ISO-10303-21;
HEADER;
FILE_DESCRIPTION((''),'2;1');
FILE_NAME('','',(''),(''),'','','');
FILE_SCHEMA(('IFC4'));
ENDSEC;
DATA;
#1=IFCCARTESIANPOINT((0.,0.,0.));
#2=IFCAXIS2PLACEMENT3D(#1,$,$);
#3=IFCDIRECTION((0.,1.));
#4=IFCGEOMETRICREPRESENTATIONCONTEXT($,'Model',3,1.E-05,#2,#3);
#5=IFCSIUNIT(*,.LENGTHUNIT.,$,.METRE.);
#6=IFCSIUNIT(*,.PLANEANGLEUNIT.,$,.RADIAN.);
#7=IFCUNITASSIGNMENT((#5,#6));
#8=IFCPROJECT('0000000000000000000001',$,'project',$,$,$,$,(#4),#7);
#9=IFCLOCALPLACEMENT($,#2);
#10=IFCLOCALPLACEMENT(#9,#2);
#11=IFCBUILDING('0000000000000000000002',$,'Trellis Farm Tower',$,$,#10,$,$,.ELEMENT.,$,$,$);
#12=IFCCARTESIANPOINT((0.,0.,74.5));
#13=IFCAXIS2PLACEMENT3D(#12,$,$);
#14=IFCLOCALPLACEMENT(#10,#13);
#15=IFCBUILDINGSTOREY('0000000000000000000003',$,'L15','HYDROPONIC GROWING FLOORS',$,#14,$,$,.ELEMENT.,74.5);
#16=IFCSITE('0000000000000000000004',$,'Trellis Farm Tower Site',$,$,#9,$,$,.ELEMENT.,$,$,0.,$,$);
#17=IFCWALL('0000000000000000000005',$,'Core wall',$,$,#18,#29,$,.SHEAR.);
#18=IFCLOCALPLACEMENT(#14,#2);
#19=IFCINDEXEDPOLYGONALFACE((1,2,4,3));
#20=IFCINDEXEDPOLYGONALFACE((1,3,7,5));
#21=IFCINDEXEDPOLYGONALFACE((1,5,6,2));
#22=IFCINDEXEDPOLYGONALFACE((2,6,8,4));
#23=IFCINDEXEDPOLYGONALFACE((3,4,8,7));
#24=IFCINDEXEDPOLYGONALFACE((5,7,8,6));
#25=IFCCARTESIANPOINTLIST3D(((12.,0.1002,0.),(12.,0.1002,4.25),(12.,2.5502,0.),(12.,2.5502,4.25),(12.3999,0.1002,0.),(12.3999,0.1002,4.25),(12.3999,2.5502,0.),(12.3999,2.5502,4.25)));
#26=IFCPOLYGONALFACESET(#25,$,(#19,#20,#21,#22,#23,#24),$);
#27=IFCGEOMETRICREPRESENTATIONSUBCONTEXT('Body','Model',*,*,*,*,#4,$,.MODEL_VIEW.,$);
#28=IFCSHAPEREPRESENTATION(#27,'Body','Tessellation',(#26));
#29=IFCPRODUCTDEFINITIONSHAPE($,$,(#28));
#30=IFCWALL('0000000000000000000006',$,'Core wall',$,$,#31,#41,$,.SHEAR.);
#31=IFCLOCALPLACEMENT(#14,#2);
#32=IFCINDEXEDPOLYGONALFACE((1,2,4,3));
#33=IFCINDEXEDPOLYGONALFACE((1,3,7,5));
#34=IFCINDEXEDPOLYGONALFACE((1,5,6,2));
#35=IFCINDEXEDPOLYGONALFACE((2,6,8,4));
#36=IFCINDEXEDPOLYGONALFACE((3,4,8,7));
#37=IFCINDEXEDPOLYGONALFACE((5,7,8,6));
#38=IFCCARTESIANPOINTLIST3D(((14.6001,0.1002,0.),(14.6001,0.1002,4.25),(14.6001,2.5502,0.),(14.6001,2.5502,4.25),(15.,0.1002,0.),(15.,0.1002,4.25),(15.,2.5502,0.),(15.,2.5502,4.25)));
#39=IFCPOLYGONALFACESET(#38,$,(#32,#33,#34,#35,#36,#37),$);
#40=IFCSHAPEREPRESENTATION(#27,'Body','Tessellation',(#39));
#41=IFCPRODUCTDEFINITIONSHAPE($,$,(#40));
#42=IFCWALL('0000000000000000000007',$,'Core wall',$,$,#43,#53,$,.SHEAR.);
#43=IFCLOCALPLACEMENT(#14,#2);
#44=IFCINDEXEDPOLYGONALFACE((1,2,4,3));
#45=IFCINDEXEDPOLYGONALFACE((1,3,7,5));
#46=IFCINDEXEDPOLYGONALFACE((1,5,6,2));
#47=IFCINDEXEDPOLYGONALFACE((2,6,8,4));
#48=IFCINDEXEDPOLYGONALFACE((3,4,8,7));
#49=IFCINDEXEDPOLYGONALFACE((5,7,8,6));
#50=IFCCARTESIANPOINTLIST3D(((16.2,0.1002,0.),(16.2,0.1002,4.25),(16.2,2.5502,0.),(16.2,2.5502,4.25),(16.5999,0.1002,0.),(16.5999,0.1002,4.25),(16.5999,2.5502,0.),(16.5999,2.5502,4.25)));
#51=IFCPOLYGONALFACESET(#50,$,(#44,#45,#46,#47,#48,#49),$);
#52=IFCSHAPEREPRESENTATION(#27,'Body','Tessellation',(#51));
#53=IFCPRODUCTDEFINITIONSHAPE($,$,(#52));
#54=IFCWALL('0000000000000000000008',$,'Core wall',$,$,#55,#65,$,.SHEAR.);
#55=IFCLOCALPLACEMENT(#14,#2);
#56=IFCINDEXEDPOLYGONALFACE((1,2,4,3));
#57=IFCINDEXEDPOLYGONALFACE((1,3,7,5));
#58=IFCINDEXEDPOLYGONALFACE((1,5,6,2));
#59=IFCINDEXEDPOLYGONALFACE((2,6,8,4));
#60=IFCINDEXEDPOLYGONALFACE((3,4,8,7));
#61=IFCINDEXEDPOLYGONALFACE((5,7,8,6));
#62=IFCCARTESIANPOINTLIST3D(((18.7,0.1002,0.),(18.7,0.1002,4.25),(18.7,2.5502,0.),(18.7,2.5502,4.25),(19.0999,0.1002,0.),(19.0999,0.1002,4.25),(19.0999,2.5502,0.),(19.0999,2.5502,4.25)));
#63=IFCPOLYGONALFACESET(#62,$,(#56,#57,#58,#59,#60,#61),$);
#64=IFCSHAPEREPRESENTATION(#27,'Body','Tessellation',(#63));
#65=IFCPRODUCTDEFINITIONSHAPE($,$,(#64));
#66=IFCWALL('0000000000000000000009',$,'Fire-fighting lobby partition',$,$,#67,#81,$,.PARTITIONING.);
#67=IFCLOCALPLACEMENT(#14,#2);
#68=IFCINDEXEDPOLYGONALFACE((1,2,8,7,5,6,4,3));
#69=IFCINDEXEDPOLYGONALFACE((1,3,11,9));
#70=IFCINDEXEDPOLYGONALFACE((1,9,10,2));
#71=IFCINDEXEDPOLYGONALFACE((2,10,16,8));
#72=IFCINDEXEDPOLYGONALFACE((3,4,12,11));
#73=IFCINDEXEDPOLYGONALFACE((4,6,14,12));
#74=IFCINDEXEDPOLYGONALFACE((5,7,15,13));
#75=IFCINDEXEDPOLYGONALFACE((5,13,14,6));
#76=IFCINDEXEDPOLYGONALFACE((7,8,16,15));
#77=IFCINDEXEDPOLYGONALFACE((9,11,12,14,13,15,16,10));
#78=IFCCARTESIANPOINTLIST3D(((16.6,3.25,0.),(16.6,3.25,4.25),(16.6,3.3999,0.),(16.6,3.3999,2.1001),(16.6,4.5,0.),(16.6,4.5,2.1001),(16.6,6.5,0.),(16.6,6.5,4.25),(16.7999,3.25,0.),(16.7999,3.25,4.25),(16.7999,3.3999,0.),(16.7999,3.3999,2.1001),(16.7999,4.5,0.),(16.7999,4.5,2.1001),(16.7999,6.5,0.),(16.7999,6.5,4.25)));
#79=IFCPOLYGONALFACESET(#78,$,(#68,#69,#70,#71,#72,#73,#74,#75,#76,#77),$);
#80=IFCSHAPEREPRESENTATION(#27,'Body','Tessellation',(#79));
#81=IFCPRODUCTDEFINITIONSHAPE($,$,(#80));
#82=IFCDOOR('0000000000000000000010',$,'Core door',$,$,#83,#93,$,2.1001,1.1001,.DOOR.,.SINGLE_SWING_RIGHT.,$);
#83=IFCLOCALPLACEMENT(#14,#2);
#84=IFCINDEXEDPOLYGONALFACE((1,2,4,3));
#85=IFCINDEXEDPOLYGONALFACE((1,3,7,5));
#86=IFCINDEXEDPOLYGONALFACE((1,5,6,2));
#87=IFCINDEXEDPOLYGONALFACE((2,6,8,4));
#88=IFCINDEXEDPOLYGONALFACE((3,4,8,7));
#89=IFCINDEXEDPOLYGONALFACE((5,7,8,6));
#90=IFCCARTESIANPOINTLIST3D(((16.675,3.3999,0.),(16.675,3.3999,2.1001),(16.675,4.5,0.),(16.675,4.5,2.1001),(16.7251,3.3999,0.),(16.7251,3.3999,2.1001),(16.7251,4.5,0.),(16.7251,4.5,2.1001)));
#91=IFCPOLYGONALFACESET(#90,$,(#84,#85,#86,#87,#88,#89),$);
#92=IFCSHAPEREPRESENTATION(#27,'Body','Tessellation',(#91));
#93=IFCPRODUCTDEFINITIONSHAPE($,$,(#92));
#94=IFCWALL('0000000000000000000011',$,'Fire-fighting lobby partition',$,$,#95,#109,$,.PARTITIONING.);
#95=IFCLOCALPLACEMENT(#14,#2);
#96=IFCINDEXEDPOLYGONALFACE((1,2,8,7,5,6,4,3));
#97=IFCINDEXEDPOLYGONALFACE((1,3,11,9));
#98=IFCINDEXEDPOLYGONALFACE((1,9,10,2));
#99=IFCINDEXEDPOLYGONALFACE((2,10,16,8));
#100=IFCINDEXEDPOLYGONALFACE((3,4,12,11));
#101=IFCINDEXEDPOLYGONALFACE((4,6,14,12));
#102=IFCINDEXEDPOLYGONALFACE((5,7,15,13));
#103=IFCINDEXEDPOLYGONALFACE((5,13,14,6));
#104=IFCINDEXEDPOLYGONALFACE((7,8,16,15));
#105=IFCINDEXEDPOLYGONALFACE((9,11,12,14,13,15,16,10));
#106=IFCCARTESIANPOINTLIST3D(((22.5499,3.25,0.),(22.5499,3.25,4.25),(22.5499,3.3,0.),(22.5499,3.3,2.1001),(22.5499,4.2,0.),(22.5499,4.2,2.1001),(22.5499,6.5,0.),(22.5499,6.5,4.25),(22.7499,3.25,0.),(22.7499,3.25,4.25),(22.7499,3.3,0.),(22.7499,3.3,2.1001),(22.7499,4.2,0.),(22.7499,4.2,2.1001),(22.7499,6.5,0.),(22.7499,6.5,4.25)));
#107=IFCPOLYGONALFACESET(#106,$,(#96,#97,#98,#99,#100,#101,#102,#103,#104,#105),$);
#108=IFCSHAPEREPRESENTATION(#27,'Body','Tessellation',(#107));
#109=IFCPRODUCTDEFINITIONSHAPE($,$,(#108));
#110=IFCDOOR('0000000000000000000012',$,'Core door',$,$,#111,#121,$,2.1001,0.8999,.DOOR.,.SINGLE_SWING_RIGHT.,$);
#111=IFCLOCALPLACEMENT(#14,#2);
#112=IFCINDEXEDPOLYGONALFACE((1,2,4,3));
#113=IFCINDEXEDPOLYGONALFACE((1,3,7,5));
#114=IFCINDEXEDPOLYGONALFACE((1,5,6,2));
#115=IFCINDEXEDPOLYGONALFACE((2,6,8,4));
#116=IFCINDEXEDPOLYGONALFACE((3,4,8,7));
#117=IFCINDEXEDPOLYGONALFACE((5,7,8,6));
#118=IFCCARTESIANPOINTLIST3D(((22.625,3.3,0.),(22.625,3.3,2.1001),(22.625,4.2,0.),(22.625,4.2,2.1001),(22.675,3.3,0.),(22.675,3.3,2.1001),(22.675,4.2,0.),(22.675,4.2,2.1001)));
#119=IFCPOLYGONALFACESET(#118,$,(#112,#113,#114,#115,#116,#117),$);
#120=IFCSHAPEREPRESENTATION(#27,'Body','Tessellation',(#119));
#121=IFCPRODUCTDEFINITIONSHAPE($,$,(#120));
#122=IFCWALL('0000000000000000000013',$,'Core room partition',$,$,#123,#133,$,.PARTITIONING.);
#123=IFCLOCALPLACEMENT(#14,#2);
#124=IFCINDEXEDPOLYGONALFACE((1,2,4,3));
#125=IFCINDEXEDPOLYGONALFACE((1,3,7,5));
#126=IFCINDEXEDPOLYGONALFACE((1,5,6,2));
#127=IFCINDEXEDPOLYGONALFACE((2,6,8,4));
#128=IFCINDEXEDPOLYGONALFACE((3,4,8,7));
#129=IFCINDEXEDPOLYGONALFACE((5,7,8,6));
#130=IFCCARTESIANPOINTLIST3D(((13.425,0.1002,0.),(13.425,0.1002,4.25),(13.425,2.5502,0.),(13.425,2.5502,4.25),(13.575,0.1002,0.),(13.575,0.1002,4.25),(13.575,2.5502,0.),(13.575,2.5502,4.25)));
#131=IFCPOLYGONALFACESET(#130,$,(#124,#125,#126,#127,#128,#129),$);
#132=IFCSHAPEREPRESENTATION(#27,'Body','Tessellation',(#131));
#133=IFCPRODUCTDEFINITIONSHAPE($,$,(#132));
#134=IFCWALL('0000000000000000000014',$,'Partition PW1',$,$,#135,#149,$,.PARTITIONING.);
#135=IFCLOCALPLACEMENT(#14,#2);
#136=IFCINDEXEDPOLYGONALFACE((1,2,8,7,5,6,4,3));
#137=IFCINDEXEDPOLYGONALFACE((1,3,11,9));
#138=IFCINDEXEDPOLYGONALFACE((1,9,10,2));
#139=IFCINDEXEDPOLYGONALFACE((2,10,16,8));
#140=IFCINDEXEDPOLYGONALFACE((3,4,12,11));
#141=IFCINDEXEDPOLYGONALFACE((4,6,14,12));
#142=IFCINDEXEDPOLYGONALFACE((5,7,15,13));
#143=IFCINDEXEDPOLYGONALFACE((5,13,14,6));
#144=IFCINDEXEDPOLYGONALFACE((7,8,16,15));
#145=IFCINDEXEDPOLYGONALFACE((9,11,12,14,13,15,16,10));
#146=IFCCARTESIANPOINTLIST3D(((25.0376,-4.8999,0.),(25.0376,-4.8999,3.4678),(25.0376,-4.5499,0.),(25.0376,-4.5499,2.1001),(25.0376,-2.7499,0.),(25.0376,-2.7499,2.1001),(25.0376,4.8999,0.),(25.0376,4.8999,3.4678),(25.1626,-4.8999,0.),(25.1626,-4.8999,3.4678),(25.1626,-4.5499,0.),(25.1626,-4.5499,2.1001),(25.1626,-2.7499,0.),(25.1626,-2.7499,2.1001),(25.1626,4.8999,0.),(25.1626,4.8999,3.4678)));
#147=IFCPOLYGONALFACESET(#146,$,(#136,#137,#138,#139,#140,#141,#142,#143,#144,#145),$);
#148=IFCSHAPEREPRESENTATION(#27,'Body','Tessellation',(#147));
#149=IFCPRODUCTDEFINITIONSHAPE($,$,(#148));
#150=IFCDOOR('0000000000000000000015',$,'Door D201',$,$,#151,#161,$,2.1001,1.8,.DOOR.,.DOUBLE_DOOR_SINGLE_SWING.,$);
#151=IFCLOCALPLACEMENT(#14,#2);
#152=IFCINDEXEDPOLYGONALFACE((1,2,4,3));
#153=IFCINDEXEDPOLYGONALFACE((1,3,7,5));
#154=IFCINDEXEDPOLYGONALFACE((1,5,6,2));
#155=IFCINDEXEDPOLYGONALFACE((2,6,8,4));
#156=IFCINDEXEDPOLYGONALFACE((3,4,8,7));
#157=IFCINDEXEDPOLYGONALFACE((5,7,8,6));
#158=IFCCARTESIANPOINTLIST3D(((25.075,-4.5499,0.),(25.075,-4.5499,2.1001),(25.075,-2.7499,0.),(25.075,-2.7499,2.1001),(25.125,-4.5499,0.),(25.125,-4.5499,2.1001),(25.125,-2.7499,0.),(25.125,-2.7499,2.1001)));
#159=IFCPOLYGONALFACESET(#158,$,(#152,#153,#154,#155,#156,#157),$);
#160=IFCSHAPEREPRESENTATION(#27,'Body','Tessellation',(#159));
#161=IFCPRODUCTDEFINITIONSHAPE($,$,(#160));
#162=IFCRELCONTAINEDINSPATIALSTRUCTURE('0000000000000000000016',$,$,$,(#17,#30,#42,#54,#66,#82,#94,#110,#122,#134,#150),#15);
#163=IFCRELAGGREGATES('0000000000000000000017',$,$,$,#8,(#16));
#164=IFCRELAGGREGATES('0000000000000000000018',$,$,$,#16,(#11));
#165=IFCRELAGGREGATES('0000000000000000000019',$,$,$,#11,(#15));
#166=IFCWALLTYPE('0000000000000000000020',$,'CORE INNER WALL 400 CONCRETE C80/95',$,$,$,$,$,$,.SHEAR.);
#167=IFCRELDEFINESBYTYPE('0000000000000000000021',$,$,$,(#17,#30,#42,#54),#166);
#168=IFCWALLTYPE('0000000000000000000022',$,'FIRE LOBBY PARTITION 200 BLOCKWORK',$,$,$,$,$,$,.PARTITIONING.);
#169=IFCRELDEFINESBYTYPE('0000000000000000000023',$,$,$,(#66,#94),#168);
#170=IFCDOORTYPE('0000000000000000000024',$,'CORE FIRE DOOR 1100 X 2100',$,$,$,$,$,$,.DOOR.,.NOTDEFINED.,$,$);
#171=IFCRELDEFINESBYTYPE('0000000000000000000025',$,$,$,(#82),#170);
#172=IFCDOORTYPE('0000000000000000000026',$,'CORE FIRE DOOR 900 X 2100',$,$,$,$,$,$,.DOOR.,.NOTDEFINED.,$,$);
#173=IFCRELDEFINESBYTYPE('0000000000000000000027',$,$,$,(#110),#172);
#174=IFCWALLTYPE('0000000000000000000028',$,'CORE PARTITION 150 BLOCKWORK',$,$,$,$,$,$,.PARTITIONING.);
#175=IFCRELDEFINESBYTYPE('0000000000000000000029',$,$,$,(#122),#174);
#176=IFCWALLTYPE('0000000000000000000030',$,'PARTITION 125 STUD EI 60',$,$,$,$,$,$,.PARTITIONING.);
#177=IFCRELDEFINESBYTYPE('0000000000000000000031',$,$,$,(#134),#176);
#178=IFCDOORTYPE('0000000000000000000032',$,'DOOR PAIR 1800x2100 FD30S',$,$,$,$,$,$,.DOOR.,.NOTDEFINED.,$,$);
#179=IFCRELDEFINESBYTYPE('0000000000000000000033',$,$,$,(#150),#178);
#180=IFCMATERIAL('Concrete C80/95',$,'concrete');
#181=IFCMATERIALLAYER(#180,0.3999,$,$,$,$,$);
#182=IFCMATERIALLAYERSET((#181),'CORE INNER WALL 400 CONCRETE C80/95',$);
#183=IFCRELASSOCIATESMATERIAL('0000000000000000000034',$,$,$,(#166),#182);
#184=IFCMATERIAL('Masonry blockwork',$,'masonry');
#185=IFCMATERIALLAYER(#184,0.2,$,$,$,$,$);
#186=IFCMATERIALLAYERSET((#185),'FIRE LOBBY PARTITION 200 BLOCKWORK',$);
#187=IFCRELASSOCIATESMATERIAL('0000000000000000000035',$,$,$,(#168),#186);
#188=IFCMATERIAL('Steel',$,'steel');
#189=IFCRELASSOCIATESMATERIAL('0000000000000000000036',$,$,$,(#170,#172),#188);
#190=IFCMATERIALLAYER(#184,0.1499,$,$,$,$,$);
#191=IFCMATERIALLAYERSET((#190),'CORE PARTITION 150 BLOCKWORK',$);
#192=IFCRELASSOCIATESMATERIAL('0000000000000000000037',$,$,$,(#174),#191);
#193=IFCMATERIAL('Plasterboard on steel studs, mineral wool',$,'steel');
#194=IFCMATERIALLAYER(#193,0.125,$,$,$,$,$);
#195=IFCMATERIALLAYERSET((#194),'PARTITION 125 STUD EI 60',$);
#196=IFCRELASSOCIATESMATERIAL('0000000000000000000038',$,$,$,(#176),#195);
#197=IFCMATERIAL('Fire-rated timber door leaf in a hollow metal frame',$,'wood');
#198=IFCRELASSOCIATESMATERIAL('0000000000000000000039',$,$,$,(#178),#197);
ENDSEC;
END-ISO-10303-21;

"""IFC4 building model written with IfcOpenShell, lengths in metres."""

from ifc_helpers import new_model, si_unit, direction, frame, frame_2d, origin, place, context, subcontext, project, spatial, rectangle, extrude, source, transform, mapped, material, layer, layer_set, type_object, element, fill, save


model = new_model("IFC4")

# Units and contexts
model_context = context("Model", 3, precision=1e-05, world=origin(), true_north=direction((0.0, 1.0)))
body_context = subcontext(model_context, "Body", "Model", "MODEL_VIEW")
ifc_project = project(units=[si_unit("LENGTHUNIT", "METRE"), si_unit("PLANEANGLEUNIT", "RADIAN")], contexts=[model_context])

# Site, building, storey
site_placement = place(None, origin())
site = spatial("IfcSite", under=ifc_project, at=site_placement, Name="Trellis Farm Tower Site", CompositionType="ELEMENT", RefElevation=0.0)
building_placement = place(site_placement, origin())
building = spatial("IfcBuilding", under=site, at=building_placement, Name="Trellis Farm Tower", CompositionType="ELEMENT")
storey_placement = place(building_placement, frame((0.0, 0.0, 74.5)))
storey = spatial("IfcBuildingStorey", under=building, at=storey_placement, Name="L15", Description="HYDROPONIC GROWING FLOORS", CompositionType="ELEMENT", Elevation=74.5)

# Shared definitions
ifc_material_1 = material(Name="Concrete C80/95", Category="concrete")

# Walls
ifc_layer_1 = layer(ifc_material_1, 0.3999)
ifc_layer_set_1 = layer_set([ifc_layer_1], Name="CORE INNER WALL 400 CONCRETE C80/95")
wall_type_1 = type_object("IfcWallType", Name="CORE INNER WALL 400 CONCRETE C80/95", PredefinedType="SHEAR", material=ifc_layer_set_1)
shared_shape_1 = source(origin(), body_context, "Body", "SweptSolid", [
    extrude(rectangle(XDim=2.45, YDim=0.3999, at=frame_2d((1.2251, 0.0))), origin(), (0.0, 0.0, 1.0), 4.25),
])
for number, where, z_axis, x_axis, name in (
    (1, (12.2, 0.1001, 0.0), (0.0, 0.0, 1.0), (0.0, 1.0, 0.0), "Core wall"),
    (2, (14.8, 0.1001, 0.0), (0.0, 0.0, 1.0), (0.0, 1.0, 0.0), "Core wall"),
    (3, (16.3999, 0.1001, 0.0), (0.0, 0.0, 1.0), (0.0, 1.0, 0.0), "Core wall"),
    (4, (18.8999, 0.1001, 0.0), (0.0, 0.0, 1.0), (0.0, 1.0, 0.0), "Core wall"),
):
    element("IfcWall", number, at=place(storey_placement, frame(where, z_axis=z_axis, x_axis=x_axis)), inside=storey, type_object=wall_type_1, Name=name, PredefinedType="SHEAR", context=body_context, shape_type="MappedRepresentation", body=[
        mapped(shared_shape_1, transform((0.0, 0.0, 0.0))),
    ])

# Walls, openings, doors
ifc_material_2 = material(Name="Masonry blockwork", Category="masonry")
ifc_layer_2 = layer(ifc_material_2, 0.2)
ifc_layer_set_2 = layer_set([ifc_layer_2], Name="FIRE LOBBY PARTITION 200 BLOCKWORK")
wall_type_2 = type_object("IfcWallType", Name="FIRE LOBBY PARTITION 200 BLOCKWORK", PredefinedType="PARTITIONING", material=ifc_layer_set_2)
shared_shape_2 = source(origin(), body_context, "Body", "SweptSolid", [
    extrude(rectangle(XDim=3.25, YDim=0.2, at=frame_2d((1.625, 0.0))), origin(), (0.0, 0.0, 1.0), 4.25),
])
wall_1_placement = place(storey_placement, frame((16.7, 3.25, 0.0), z_axis=(0.0, 0.0, 1.0), x_axis=(0.0, 1.0, 0.0)))
wall_1 = element("IfcWall", 5, at=wall_1_placement, inside=storey, type_object=wall_type_2, Name="Fire-fighting lobby partition", PredefinedType="PARTITIONING", context=body_context, shape_type="MappedRepresentation", body=[
    mapped(shared_shape_2, transform((0.0, 0.0, 0.0))),
])
shared_shape_3 = source(origin(), body_context, "Body", "SweptSolid", [
    extrude(rectangle(XDim=1.1001, YDim=2.1001, at=frame_2d((0.55, 1.05))), frame((0.0, 0.1101, 0.0), z_axis=(0.0, -1.0, 0.0), x_axis=(1.0, 0.0, 0.0)), (0.0, 0.0, 1.0), 0.2202),
])
opening_1_placement = place(wall_1_placement, frame((0.1499, 0.0, 0.0)))
opening_1 = element("IfcOpeningElement", 6, at=opening_1_placement, cuts=wall_1, PredefinedType="OPENING", context=body_context, shape_type="MappedRepresentation", body=[
    mapped(shared_shape_3, transform((0.0, 0.0, 0.0))),
])
ifc_material_3 = material(Name="Steel", Category="steel")
door_type_1 = type_object("IfcDoorType", Name="CORE FIRE DOOR 1100 X 2100", OperationType="NOTDEFINED", PredefinedType="DOOR", material=ifc_material_3)
shared_shape_4 = source(origin(), body_context, "Body", "SweptSolid", [
    extrude(rectangle(XDim=1.1001, YDim=2.1001, at=frame_2d((0.55, 1.05))), frame((0.0, 0.0249, 0.0), z_axis=(0.0, -1.0, 0.0), x_axis=(1.0, 0.0, 0.0)), (0.0, 0.0, 1.0), 0.05),
])
door_1_placement = place(opening_1_placement, origin())
door_1 = element("IfcDoor", 7, at=door_1_placement, inside=storey, type_object=door_type_1, Name="Core door", OperationType="SINGLE_SWING_RIGHT", OverallHeight=2.1001, OverallWidth=1.1001, PredefinedType="DOOR", context=body_context, shape_type="MappedRepresentation", body=[
    mapped(shared_shape_4, transform((0.0, 0.0, 0.0))),
])
fill(opening_1, door_1)
wall_2_placement = place(storey_placement, frame((22.6499, 3.25, 0.0), z_axis=(0.0, 0.0, 1.0), x_axis=(0.0, 1.0, 0.0)))
wall_2 = element("IfcWall", 8, at=wall_2_placement, inside=storey, type_object=wall_type_2, Name="Fire-fighting lobby partition", PredefinedType="PARTITIONING", context=body_context, shape_type="MappedRepresentation", body=[
    mapped(shared_shape_2, transform((0.0, 0.0, 0.0))),
])
shared_shape_5 = source(origin(), body_context, "Body", "SweptSolid", [
    extrude(rectangle(XDim=0.8999, YDim=2.1001, at=frame_2d((0.45, 1.05))), frame((0.0, 0.1101, 0.0), z_axis=(0.0, -1.0, 0.0), x_axis=(1.0, 0.0, 0.0)), (0.0, 0.0, 1.0), 0.2202),
])
opening_2_placement = place(wall_2_placement, frame((0.05, 0.0, 0.0)))
opening_2 = element("IfcOpeningElement", 9, at=opening_2_placement, cuts=wall_2, PredefinedType="OPENING", context=body_context, shape_type="MappedRepresentation", body=[
    mapped(shared_shape_5, transform((0.0, 0.0, 0.0))),
])
door_type_2 = type_object("IfcDoorType", Name="CORE FIRE DOOR 900 X 2100", OperationType="NOTDEFINED", PredefinedType="DOOR", material=ifc_material_3)
shared_shape_6 = source(origin(), body_context, "Body", "SweptSolid", [
    extrude(rectangle(XDim=0.8999, YDim=2.1001, at=frame_2d((0.45, 1.05))), frame((0.0, 0.0249, 0.0), z_axis=(0.0, -1.0, 0.0), x_axis=(1.0, 0.0, 0.0)), (0.0, 0.0, 1.0), 0.05),
])
door_2_placement = place(opening_2_placement, origin())
door_2 = element("IfcDoor", 10, at=door_2_placement, inside=storey, type_object=door_type_2, Name="Core door", OperationType="SINGLE_SWING_RIGHT", OverallHeight=2.1001, OverallWidth=0.8999, PredefinedType="DOOR", context=body_context, shape_type="MappedRepresentation", body=[
    mapped(shared_shape_6, transform((0.0, 0.0, 0.0))),
])
fill(opening_2, door_2)

# Wall
ifc_layer_3 = layer(ifc_material_2, 0.1499)
ifc_layer_set_3 = layer_set([ifc_layer_3], Name="CORE PARTITION 150 BLOCKWORK")
wall_type_3 = type_object("IfcWallType", Name="CORE PARTITION 150 BLOCKWORK", PredefinedType="PARTITIONING", material=ifc_layer_set_3)
shared_shape_7 = source(origin(), body_context, "Body", "SweptSolid", [
    extrude(rectangle(XDim=2.45, YDim=0.1499, at=frame_2d((1.2251, 0.0))), origin(), (0.0, 0.0, 1.0), 4.25),
])
wall_3_placement = place(storey_placement, frame((13.5, 0.1001, 0.0), z_axis=(0.0, 0.0, 1.0), x_axis=(0.0, 1.0, 0.0)))
element("IfcWall", 11, at=wall_3_placement, inside=storey, type_object=wall_type_3, Name="Core room partition", PredefinedType="PARTITIONING", context=body_context, shape_type="MappedRepresentation", body=[
    mapped(shared_shape_7, transform((0.0, 0.0, 0.0))),
])

# Wall, opening, door
ifc_material_4 = material(Name="Plasterboard on steel studs, mineral wool", Category="steel")
ifc_layer_4 = layer(ifc_material_4, 0.125)
ifc_layer_set_4 = layer_set([ifc_layer_4], Name="PARTITION 125 STUD EI 60")
wall_type_4 = type_object("IfcWallType", Name="PARTITION 125 STUD EI 60", PredefinedType="PARTITIONING", material=ifc_layer_set_4)
shared_shape_8 = source(origin(), body_context, "Body", "SweptSolid", [
    extrude(rectangle(XDim=9.7998, YDim=0.125, at=frame_2d((4.8999, 0.0))), origin(), (0.0, 0.0, 1.0), 3.4678),
])
wall_4_placement = place(storey_placement, frame((25.1001, 4.8999, 0.0), z_axis=(0.0, 0.0, 1.0), x_axis=(0.0, -1.0, 0.0)))
wall_4 = element("IfcWall", 12, at=wall_4_placement, inside=storey, type_object=wall_type_4, Name="Partition PW1", PredefinedType="PARTITIONING", context=body_context, shape_type="MappedRepresentation", body=[
    mapped(shared_shape_8, transform((0.0, 0.0, 0.0))),
])
shared_shape_9 = source(origin(), body_context, "Body", "SweptSolid", [
    extrude(rectangle(XDim=1.8, YDim=2.1001, at=frame_2d((0.8999, 1.05))), frame((0.0, 0.0725, 0.0), z_axis=(0.0, -1.0, 0.0), x_axis=(1.0, 0.0, 0.0)), (0.0, 0.0, 1.0), 0.145),
])
opening_3_placement = place(wall_4_placement, frame((7.6499, 0.0, 0.0)))
opening_3 = element("IfcOpeningElement", 13, at=opening_3_placement, cuts=wall_4, PredefinedType="OPENING", context=body_context, shape_type="MappedRepresentation", body=[
    mapped(shared_shape_9, transform((0.0, 0.0, 0.0))),
])
ifc_material_5 = material(Name="Fire-rated timber door leaf in a hollow metal frame", Category="wood")
door_type_3 = type_object("IfcDoorType", Name="DOOR PAIR 1800x2100 FD30S", OperationType="NOTDEFINED", PredefinedType="DOOR", material=ifc_material_5)
shared_shape_10 = source(origin(), body_context, "Body", "SweptSolid", [
    extrude(rectangle(XDim=1.8, YDim=2.1001, at=frame_2d((0.8999, 1.05))), frame((0.0, 0.0249, 0.0), z_axis=(0.0, -1.0, 0.0), x_axis=(1.0, 0.0, 0.0)), (0.0, 0.0, 1.0), 0.05),
])
door_3_placement = place(opening_3_placement, origin())
door_3 = element("IfcDoor", 14, at=door_3_placement, inside=storey, type_object=door_type_3, Name="Door D201", OperationType="DOUBLE_DOOR_SINGLE_SWING", OverallHeight=2.1001, OverallWidth=1.8, PredefinedType="DOOR", context=body_context, shape_type="MappedRepresentation", body=[
    mapped(shared_shape_10, transform((0.0, 0.0, 0.0))),
])
fill(opening_3, door_3)

save(model, "model.ifc")
